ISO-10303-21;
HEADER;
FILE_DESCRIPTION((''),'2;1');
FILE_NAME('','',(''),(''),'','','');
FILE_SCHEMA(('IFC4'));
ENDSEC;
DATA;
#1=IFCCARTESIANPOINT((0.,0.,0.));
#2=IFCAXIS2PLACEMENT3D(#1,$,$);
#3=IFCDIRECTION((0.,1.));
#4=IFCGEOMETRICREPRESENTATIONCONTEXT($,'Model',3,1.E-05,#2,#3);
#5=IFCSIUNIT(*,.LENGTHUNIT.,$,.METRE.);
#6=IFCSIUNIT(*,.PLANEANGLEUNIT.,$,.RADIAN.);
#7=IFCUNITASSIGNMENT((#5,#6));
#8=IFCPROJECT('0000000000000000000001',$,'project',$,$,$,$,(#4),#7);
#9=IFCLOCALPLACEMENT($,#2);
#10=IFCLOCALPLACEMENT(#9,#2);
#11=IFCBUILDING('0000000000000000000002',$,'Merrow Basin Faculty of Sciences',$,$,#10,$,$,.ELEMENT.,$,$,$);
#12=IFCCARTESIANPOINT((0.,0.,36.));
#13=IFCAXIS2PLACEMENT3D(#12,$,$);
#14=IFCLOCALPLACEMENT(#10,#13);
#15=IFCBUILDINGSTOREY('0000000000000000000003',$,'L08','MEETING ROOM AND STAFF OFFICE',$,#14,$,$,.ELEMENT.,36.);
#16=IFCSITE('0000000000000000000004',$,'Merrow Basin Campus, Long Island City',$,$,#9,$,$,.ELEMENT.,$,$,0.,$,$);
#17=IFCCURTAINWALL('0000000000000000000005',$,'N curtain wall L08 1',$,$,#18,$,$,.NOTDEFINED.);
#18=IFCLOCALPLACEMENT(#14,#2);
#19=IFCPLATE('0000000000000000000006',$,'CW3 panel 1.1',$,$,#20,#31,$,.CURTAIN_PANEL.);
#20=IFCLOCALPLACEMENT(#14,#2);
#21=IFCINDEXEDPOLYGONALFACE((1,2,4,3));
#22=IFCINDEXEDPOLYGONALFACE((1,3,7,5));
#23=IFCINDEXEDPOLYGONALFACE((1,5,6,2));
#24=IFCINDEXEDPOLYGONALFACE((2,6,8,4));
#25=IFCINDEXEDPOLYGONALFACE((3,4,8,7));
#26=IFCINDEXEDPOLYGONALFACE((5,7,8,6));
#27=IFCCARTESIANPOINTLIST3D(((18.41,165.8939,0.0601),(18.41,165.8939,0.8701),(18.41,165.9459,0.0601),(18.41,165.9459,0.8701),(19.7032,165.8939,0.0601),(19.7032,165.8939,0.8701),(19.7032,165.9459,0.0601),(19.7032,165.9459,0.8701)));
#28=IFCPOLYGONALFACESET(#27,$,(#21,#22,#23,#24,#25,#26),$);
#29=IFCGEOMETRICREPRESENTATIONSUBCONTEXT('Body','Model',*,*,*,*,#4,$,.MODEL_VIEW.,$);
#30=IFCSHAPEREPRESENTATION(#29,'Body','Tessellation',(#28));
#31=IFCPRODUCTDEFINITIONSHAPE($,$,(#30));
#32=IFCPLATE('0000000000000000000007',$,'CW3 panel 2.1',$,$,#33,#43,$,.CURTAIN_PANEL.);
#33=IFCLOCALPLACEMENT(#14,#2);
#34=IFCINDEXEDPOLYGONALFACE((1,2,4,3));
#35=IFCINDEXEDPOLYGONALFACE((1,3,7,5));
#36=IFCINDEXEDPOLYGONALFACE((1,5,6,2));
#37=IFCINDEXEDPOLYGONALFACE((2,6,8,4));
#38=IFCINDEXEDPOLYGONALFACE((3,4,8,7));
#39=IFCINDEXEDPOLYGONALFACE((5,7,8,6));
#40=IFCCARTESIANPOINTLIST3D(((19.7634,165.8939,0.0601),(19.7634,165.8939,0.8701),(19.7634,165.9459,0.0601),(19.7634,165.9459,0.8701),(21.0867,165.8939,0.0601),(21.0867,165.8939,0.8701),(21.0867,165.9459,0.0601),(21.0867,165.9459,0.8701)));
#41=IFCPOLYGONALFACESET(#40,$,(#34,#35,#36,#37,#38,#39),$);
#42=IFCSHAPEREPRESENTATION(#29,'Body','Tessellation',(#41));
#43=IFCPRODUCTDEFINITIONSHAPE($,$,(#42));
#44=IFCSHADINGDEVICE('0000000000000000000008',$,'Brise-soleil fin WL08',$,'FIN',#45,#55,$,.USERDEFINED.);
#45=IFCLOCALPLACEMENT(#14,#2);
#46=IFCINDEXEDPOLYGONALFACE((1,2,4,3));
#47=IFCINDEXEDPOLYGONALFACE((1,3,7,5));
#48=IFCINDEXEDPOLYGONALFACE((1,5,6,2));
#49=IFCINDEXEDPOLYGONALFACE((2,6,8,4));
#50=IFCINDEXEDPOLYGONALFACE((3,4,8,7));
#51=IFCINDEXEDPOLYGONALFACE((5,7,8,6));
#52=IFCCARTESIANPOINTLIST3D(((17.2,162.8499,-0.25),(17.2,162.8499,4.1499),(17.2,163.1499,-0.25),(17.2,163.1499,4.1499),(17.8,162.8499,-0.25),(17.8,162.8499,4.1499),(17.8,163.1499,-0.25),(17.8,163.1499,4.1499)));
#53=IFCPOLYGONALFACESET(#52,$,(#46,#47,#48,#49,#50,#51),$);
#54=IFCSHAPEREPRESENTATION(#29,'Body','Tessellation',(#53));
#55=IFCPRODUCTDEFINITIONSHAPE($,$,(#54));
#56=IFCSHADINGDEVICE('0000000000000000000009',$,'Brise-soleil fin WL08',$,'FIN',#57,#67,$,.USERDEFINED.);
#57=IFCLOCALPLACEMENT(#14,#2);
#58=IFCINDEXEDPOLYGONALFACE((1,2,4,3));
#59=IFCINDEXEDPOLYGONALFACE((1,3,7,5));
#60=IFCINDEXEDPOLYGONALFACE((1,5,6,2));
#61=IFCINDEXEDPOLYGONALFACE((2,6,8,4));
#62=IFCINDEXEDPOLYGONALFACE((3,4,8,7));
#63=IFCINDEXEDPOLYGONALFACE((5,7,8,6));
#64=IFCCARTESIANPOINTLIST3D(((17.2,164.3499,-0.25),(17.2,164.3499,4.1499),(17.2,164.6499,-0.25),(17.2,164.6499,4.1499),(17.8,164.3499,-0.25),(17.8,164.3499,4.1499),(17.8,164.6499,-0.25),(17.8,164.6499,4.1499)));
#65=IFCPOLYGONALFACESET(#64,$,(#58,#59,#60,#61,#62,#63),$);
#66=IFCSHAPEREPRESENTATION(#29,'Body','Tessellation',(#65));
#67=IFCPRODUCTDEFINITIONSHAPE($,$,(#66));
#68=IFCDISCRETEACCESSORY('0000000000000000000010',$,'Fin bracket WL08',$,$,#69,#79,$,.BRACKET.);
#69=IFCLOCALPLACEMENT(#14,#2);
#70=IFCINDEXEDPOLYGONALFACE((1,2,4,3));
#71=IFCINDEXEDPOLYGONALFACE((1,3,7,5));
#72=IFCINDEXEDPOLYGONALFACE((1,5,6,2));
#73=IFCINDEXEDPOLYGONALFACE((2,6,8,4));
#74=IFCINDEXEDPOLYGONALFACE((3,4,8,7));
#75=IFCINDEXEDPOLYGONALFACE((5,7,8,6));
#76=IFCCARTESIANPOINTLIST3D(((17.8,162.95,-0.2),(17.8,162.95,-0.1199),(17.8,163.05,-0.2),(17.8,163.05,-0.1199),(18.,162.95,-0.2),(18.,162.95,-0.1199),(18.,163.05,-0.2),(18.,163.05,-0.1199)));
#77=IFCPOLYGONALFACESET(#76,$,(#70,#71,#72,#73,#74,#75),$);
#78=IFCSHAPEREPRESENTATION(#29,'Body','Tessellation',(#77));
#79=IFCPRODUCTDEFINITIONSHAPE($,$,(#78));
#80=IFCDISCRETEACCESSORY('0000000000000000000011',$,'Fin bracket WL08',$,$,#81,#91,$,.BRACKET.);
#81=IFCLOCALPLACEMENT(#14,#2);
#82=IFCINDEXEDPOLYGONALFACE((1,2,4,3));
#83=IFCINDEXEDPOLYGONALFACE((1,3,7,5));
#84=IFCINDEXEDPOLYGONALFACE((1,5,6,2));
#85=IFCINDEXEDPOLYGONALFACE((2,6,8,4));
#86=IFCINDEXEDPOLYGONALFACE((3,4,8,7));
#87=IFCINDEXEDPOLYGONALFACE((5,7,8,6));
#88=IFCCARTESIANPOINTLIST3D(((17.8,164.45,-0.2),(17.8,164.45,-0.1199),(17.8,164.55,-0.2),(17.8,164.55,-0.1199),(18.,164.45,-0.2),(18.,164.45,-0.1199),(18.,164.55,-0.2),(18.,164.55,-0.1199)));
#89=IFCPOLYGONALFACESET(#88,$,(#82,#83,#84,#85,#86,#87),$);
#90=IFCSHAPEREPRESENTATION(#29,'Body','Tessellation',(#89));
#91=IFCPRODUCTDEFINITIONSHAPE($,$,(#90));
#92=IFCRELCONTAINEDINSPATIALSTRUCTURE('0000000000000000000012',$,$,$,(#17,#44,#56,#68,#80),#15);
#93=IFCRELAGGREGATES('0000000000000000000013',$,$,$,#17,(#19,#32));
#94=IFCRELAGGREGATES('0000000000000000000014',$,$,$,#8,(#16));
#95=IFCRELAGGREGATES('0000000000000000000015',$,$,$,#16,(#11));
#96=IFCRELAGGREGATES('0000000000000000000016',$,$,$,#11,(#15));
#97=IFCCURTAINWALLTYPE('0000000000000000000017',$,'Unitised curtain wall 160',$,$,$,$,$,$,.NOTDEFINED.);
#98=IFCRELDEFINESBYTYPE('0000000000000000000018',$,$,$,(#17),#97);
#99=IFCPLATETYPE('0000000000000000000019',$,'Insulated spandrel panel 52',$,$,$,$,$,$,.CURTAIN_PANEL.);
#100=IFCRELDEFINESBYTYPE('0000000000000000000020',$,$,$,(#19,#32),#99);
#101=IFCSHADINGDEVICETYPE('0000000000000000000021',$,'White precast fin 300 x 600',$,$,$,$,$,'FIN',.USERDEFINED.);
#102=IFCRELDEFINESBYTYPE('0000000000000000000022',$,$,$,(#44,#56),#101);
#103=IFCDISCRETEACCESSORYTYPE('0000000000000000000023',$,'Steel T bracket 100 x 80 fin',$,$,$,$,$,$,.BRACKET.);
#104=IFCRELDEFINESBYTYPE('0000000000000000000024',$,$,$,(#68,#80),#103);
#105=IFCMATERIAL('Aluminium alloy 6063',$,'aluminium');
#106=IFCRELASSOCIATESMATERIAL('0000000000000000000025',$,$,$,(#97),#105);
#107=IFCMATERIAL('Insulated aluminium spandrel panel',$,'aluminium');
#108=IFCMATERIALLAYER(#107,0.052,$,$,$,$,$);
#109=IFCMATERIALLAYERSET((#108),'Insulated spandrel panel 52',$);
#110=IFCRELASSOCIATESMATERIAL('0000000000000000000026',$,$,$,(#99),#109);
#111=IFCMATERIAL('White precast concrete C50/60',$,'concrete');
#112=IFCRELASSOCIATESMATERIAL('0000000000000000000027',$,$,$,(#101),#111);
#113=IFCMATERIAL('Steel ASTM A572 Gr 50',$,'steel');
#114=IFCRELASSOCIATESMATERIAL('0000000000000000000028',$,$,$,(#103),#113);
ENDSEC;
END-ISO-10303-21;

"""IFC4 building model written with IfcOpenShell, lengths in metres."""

from ifc_helpers import new_model, si_unit, direction, frame, origin, origin_2d, place, context, subcontext, project, spatial, polyline, rectangle, outline, extrude, source, transform, mapped, material, layer, layer_set, type_object, element, aggregate, save


model = new_model("IFC4")

# Units and contexts
model_context = context("Model", 3, precision=1e-05, world=origin(), true_north=direction((0.0, 1.0)))
body_context = subcontext(model_context, "Body", "Model", "MODEL_VIEW")
ifc_project = project(units=[si_unit("LENGTHUNIT", "METRE"), si_unit("PLANEANGLEUNIT", "RADIAN")], contexts=[model_context])

# Site, building, storey
site_placement = place(None, origin())
site = spatial("IfcSite", under=ifc_project, at=site_placement, Name="Merrow Basin Campus, Long Island City", CompositionType="ELEMENT", RefElevation=0.0)
building_placement = place(site_placement, origin())
building = spatial("IfcBuilding", under=site, at=building_placement, Name="Merrow Basin Faculty of Sciences", CompositionType="ELEMENT")
storey_placement = place(building_placement, frame((0.0, 0.0, 36.0)))
storey = spatial("IfcBuildingStorey", under=building, at=storey_placement, Name="L08", Description="MEETING ROOM AND STAFF OFFICE", CompositionType="ELEMENT", Elevation=36.0)

# Curtain wall
ifc_material_1 = material(Name="Aluminium alloy 6063", Category="aluminium")
curtain_wall_type = type_object("IfcCurtainWallType", Name="Unitised curtain wall 160", PredefinedType="NOTDEFINED", material=ifc_material_1)
curtain_wall_1_placement = place(storey_placement, origin())
curtain_wall_1 = element("IfcCurtainWall", 1, at=curtain_wall_1_placement, inside=storey, type_object=curtain_wall_type, Name="N curtain wall L08 1", PredefinedType="NOTDEFINED")

# Plates
ifc_material_2 = material(Name="Insulated aluminium spandrel panel", Category="aluminium")
ifc_layer = layer(ifc_material_2, 0.052)
ifc_layer_set = layer_set([ifc_layer], Name="Insulated spandrel panel 52")
plate_type = type_object("IfcPlateType", Name="Insulated spandrel panel 52", PredefinedType="CURTAIN_PANEL", material=ifc_layer_set)
plate_1_placement = place(storey_placement, frame((19.0566, 165.9199, 0.0601), z_axis=(0.0, 0.0, 1.0), x_axis=(1.0, 0.0, 0.0)))
plate_1 = element("IfcPlate", 2, at=plate_1_placement, type_object=plate_type, Name="CW3 panel 1.1", PredefinedType="CURTAIN_PANEL", context=body_context, shape_type="SweptSolid", body=[
    extrude(rectangle(XDim=1.2932, YDim=0.052, at=origin_2d()), origin(), (0.0, 0.0, 1.0), 0.8101),
])
plate_2_placement = place(storey_placement, frame((20.425, 165.9199, 0.0601), z_axis=(0.0, 0.0, 1.0), x_axis=(1.0, 0.0, 0.0)))
plate_2 = element("IfcPlate", 3, at=plate_2_placement, type_object=plate_type, Name="CW3 panel 2.1", PredefinedType="CURTAIN_PANEL", context=body_context, shape_type="SweptSolid", body=[
    extrude(rectangle(XDim=1.3232, YDim=0.052, at=origin_2d()), origin(), (0.0, 0.0, 1.0), 0.8101),
])
aggregate(curtain_wall_1, [plate_1, plate_2])

# Shading devices
ifc_material_3 = material(Name="White precast concrete C50/60", Category="concrete")
shading_device_type = type_object("IfcShadingDeviceType", Name="White precast fin 300 x 600", ElementType="FIN", PredefinedType="USERDEFINED", material=ifc_material_3)
shared_shape_1 = source(origin(), body_context, "Body", "SweptSolid", [
    extrude(outline(polyline([(0.0, 0.0), (0.3, 0.0), (0.3, 4.3999), (0.0, 4.3999), (0.0, 0.0)])), origin(), (0.0, 0.0, 1.0), 0.6001),
])
for number, where, z_axis, x_axis, name in (
    (4, (17.8, 163.1499, -0.25), (-1.0, 0.0, 0.0), (0.0, -1.0, 0.0), "Brise-soleil fin WL08"),
    (5, (17.8, 164.6499, -0.25), (-1.0, 0.0, 0.0), (0.0, -1.0, 0.0), "Brise-soleil fin WL08"),
):
    element("IfcShadingDevice", number, at=place(storey_placement, frame(where, z_axis=z_axis, x_axis=x_axis)), inside=storey, type_object=shading_device_type, Name=name, ObjectType="FIN", PredefinedType="USERDEFINED", context=body_context, shape_type="MappedRepresentation", body=[
        mapped(shared_shape_1, transform((0.0, 0.0, 0.0), scale=1.0)),
    ])

# Discrete accessories
ifc_material_4 = material(Name="Steel ASTM A572 Gr 50", Category="steel")
discrete_accessory_type = type_object("IfcDiscreteAccessoryType", Name="Steel T bracket 100 x 80 fin", PredefinedType="BRACKET", material=ifc_material_4)
shared_shape_2 = source(origin(), body_context, "Body", "SweptSolid", [
    extrude(outline(polyline([(0.0, 0.0), (0.1001, 0.0), (0.1001, 0.0801), (0.0, 0.0801), (0.0, 0.0)])), origin(), (0.0, 0.0, 1.0), 0.2),
])
for number, where, z_axis, x_axis, name in (
    (6, (18.0, 163.05, -0.2), (-1.0, 0.0, 0.0), (0.0, -1.0, 0.0), "Fin bracket WL08"),
    (7, (18.0, 164.55, -0.2), (-1.0, 0.0, 0.0), (0.0, -1.0, 0.0), "Fin bracket WL08"),
):
    element("IfcDiscreteAccessory", number, at=place(storey_placement, frame(where, z_axis=z_axis, x_axis=x_axis)), inside=storey, type_object=discrete_accessory_type, Name=name, PredefinedType="BRACKET", context=body_context, shape_type="MappedRepresentation", body=[
        mapped(shared_shape_2, transform((0.0, 0.0, 0.0), scale=1.0)),
    ])

save(model, "model.ifc")
